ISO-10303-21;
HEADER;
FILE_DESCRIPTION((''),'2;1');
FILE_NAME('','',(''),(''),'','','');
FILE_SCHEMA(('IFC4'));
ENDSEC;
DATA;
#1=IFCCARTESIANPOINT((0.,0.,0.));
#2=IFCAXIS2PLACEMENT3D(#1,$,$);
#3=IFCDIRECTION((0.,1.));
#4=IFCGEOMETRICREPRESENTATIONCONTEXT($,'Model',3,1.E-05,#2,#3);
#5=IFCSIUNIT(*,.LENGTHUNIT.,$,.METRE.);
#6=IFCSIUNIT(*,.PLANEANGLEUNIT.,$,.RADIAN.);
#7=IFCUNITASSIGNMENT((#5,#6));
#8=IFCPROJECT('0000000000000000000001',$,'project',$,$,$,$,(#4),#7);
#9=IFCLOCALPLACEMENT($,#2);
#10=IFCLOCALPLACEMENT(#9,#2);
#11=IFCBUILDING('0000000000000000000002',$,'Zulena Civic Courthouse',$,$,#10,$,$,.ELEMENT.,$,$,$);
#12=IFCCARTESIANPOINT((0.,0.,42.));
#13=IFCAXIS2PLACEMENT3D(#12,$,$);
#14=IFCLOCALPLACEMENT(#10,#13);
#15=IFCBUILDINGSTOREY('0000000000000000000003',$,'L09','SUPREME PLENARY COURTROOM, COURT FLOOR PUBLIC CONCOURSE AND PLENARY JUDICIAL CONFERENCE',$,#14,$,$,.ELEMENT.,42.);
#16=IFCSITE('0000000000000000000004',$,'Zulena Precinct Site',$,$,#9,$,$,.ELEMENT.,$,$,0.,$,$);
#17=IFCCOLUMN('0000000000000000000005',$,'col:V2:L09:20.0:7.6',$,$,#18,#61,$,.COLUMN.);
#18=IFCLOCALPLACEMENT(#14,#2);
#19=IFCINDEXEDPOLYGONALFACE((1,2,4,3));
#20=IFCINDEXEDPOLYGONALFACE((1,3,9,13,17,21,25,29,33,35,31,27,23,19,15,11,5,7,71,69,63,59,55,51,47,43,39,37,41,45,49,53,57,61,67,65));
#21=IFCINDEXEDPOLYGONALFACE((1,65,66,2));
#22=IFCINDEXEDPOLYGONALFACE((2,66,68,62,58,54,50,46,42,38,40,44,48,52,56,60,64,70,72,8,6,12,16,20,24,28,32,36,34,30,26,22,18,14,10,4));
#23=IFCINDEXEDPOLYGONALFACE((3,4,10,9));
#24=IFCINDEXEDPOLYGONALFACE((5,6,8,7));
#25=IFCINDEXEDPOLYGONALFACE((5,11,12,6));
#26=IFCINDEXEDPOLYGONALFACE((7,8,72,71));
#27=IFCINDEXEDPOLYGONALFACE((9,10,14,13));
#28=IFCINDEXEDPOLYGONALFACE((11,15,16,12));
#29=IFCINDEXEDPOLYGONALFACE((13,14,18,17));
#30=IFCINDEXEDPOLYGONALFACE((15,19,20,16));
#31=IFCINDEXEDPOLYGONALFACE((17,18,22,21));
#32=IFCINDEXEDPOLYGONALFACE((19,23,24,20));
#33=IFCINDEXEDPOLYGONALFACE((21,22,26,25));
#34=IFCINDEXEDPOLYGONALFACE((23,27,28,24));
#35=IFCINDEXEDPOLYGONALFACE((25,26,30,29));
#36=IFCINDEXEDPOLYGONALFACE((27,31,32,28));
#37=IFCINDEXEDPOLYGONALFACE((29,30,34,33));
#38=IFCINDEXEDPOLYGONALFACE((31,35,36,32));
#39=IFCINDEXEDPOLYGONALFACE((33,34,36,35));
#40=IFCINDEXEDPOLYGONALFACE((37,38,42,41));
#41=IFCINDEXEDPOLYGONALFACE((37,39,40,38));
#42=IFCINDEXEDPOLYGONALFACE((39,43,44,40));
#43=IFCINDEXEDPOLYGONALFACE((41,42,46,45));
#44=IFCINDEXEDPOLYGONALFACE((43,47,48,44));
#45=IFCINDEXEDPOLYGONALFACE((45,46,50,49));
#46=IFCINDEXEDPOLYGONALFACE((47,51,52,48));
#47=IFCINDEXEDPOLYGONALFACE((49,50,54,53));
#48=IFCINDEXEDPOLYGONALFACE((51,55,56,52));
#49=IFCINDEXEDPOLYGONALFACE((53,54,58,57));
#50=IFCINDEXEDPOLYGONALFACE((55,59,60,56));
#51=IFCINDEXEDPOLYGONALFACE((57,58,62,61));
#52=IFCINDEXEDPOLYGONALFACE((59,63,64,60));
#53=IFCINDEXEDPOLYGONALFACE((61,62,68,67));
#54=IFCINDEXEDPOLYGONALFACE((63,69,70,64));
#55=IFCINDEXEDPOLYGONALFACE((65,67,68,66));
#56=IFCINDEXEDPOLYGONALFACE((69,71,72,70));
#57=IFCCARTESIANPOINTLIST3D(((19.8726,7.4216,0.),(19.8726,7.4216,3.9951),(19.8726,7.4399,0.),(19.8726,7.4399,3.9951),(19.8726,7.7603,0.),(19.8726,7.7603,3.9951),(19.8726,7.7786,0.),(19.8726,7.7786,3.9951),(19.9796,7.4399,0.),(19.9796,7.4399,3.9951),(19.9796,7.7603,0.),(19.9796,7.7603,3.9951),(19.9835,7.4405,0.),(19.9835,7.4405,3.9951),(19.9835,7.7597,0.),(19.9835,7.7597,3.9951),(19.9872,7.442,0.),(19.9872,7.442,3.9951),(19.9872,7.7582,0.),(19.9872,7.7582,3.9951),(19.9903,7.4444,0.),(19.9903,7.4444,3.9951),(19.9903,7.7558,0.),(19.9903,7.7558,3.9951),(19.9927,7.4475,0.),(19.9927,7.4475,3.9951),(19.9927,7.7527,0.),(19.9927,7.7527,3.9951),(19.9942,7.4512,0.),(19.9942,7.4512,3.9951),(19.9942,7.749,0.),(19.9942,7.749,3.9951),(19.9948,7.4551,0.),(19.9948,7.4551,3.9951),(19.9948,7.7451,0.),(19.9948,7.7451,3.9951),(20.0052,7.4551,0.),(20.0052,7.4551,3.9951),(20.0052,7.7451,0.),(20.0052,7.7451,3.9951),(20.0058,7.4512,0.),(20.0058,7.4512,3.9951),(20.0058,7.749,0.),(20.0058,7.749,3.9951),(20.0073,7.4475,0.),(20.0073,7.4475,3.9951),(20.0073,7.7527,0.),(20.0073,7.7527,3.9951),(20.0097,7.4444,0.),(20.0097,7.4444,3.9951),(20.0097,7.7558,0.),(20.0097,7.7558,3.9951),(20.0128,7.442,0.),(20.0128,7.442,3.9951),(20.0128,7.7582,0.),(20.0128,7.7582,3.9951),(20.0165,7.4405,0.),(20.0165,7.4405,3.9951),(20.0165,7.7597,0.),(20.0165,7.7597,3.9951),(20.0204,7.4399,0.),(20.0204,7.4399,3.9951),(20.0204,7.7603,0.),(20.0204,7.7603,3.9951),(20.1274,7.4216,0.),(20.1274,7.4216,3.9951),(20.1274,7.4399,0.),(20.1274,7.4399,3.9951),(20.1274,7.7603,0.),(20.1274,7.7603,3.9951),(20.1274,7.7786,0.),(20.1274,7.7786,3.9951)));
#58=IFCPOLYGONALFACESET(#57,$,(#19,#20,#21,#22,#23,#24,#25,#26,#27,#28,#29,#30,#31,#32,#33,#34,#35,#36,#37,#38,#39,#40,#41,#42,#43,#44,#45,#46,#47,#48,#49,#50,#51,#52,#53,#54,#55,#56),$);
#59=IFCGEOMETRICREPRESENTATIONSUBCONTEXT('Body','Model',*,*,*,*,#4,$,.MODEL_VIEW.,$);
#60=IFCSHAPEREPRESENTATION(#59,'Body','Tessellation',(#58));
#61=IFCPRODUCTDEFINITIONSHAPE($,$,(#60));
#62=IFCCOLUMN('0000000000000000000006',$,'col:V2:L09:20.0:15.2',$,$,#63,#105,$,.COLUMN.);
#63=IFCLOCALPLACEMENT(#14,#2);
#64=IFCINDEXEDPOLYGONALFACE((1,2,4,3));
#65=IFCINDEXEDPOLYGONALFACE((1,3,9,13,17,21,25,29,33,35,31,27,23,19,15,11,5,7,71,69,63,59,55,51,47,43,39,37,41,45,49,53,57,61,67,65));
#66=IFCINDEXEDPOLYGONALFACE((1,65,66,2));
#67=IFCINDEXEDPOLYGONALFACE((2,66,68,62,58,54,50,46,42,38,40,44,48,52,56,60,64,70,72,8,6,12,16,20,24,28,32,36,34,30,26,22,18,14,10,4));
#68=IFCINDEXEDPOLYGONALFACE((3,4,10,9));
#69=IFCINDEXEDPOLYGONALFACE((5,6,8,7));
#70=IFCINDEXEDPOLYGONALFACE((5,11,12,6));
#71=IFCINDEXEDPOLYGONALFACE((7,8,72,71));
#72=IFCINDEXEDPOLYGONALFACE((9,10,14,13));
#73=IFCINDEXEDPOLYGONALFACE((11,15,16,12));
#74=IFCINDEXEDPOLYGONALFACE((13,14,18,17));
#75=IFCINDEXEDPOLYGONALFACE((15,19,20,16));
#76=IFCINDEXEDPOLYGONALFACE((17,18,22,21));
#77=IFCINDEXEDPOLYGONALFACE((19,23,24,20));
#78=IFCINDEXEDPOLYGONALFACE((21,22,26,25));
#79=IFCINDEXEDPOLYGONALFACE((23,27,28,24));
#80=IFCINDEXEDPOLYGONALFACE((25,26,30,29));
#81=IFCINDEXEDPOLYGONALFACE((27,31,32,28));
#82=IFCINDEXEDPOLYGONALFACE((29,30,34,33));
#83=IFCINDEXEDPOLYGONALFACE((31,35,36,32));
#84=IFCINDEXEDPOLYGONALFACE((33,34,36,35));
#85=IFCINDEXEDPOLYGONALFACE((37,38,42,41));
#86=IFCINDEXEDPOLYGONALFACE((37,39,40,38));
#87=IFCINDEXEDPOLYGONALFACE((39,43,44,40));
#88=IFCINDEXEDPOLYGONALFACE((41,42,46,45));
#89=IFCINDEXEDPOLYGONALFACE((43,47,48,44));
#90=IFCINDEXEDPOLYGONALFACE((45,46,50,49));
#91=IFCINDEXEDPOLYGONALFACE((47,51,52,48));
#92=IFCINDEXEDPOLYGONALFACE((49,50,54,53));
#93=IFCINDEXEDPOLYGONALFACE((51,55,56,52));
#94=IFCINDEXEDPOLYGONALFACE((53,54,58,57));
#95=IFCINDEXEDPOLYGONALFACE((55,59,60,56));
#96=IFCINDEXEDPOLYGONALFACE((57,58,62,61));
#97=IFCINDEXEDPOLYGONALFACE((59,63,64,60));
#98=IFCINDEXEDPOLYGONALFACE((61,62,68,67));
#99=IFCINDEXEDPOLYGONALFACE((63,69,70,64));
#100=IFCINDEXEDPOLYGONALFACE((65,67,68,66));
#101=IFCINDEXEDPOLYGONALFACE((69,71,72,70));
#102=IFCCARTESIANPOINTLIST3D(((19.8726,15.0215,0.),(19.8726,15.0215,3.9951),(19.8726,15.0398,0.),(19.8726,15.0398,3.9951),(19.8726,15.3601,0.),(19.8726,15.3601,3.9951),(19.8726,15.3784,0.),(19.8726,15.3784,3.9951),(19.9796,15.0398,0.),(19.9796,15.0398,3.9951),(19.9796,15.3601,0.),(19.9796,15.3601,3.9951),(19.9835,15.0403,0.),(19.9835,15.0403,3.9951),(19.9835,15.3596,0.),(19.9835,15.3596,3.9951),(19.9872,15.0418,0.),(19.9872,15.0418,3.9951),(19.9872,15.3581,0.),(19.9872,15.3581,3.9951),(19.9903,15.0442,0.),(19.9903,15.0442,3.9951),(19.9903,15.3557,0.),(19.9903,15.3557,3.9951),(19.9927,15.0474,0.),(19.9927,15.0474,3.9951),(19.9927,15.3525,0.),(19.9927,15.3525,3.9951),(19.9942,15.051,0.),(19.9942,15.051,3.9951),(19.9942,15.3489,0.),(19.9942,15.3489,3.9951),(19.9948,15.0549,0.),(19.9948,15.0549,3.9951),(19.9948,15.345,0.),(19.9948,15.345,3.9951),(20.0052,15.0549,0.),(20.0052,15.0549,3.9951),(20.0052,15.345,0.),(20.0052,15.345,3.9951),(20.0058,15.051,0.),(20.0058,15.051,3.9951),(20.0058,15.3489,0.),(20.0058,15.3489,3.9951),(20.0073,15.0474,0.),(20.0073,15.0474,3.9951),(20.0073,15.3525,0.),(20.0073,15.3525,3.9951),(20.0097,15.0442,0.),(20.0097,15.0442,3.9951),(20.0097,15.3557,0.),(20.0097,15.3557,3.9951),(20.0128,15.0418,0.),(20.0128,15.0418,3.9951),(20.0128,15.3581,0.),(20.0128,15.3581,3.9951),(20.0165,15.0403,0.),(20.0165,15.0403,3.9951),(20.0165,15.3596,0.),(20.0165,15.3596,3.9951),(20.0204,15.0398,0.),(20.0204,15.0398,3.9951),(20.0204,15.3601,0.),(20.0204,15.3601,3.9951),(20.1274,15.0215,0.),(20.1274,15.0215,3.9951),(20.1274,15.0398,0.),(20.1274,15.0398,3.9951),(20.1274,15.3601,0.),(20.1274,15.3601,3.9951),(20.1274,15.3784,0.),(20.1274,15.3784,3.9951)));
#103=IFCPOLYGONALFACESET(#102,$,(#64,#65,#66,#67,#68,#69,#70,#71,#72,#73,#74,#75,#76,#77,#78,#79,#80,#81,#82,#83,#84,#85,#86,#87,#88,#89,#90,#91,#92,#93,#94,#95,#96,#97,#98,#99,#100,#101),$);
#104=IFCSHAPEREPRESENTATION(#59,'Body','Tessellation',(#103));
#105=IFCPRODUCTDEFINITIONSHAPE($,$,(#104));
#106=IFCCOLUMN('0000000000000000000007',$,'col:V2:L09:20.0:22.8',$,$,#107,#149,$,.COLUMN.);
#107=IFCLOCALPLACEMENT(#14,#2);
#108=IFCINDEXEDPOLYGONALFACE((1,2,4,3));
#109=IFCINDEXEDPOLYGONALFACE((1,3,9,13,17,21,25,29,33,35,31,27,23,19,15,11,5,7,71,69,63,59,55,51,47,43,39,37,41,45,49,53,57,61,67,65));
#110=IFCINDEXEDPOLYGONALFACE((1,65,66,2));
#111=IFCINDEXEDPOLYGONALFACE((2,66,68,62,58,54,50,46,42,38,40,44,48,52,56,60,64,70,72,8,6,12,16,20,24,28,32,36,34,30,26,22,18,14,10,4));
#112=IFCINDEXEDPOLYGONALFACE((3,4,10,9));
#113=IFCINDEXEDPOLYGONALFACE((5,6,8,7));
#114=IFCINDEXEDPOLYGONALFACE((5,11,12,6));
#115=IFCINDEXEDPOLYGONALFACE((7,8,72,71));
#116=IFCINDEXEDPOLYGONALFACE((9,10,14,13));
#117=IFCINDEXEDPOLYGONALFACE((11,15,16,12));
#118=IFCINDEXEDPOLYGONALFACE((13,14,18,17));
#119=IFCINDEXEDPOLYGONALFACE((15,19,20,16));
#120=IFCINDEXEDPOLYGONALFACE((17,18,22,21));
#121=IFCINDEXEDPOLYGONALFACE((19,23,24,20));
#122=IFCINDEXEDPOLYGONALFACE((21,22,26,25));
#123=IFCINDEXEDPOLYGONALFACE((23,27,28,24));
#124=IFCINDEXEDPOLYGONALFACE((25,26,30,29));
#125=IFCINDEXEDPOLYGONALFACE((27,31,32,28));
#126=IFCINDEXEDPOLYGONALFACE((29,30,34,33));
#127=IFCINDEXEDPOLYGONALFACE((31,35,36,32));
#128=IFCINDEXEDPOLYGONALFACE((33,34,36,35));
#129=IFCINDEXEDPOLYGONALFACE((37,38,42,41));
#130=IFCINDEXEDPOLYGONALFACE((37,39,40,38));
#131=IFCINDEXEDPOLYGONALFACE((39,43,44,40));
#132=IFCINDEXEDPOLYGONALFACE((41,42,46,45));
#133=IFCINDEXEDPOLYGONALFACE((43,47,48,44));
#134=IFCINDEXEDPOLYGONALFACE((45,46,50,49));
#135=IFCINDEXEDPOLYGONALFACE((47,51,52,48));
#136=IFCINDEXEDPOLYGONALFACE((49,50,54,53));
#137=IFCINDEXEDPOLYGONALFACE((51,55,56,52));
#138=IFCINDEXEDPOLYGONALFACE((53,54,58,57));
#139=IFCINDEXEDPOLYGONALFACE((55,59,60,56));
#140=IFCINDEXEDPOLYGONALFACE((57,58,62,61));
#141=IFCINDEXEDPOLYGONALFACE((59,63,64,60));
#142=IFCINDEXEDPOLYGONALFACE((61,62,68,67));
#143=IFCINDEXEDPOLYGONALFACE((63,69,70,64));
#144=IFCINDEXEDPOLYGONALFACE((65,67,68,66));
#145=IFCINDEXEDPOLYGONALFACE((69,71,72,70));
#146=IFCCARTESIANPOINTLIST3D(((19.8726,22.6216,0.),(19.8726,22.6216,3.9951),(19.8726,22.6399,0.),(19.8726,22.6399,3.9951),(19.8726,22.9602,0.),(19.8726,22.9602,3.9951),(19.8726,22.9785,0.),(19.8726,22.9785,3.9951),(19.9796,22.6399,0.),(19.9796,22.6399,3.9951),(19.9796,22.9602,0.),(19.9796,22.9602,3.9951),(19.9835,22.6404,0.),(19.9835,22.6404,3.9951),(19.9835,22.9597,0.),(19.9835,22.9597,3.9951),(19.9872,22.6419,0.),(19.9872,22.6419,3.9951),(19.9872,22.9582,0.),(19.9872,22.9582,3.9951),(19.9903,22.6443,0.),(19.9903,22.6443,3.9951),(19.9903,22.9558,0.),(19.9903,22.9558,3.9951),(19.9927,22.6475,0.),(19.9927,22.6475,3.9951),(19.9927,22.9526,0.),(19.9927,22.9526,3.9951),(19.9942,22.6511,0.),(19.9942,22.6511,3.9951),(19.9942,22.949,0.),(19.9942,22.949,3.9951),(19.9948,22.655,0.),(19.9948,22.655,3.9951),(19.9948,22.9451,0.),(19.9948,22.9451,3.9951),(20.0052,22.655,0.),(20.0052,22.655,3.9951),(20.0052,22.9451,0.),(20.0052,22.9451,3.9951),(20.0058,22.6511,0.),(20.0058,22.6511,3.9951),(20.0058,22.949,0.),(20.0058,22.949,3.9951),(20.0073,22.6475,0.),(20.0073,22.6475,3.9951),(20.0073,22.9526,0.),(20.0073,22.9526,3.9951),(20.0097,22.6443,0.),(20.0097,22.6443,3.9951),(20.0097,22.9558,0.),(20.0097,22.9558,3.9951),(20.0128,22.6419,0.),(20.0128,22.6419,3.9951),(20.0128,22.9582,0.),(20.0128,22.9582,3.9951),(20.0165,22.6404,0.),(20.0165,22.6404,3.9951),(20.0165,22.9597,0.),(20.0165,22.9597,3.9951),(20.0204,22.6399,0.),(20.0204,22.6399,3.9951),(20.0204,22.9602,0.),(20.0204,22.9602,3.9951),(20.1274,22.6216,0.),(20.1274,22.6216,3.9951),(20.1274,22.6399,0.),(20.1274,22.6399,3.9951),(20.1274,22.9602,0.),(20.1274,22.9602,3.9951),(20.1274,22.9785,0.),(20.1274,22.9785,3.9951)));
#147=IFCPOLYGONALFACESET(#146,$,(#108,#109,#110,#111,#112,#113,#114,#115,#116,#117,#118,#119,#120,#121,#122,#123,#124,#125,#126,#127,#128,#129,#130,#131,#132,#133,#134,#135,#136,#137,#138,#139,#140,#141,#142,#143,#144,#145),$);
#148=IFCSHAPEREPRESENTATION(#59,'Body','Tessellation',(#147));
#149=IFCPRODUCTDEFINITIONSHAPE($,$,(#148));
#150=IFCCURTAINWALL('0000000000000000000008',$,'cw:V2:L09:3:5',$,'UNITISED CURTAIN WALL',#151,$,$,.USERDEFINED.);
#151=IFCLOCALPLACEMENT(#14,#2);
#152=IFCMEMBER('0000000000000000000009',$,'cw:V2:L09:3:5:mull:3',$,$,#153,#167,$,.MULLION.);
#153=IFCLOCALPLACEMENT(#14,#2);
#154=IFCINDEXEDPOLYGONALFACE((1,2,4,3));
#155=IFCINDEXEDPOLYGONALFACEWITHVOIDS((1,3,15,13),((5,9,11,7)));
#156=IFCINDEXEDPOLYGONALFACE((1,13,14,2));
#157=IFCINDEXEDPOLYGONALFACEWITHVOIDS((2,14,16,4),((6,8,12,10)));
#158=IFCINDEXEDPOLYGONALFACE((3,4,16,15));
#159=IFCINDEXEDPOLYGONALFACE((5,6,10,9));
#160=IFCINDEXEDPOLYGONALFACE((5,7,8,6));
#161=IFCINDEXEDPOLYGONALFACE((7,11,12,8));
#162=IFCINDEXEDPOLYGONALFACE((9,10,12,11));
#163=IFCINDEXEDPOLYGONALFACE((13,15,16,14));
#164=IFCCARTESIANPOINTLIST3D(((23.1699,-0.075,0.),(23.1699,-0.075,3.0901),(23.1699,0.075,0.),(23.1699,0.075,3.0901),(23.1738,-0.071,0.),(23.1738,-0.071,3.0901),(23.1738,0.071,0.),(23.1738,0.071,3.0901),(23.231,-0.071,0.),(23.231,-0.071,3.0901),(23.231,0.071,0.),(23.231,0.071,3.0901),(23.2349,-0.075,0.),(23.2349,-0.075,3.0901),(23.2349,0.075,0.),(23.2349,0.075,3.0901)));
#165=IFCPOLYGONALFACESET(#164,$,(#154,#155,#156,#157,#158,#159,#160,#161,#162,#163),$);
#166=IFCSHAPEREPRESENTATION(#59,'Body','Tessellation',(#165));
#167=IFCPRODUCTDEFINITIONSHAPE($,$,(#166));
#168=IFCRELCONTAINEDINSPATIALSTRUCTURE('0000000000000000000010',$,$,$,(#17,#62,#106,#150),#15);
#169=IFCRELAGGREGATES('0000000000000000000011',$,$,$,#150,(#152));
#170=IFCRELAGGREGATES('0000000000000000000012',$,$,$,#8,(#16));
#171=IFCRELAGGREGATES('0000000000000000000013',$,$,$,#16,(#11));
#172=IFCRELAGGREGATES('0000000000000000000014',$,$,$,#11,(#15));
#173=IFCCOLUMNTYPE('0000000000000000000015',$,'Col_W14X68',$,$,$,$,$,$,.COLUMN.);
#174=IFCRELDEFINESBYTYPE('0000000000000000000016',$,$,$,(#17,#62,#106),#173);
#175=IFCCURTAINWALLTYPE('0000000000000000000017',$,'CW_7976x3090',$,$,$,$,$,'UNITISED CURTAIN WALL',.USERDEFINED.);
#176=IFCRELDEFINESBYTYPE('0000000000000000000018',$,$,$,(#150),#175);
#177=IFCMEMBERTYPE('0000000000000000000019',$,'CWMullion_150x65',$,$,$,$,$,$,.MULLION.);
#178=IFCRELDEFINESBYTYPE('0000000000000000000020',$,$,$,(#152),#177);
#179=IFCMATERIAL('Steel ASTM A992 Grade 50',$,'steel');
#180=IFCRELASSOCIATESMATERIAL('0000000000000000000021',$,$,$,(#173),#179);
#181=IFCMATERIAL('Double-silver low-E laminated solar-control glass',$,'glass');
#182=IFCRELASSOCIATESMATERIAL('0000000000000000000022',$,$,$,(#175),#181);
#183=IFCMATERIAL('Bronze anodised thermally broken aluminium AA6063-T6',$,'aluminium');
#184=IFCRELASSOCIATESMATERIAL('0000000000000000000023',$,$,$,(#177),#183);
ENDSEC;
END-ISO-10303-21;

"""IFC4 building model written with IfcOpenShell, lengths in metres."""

from ifc_helpers import new_model, si_unit, direction, frame, origin, origin_2d, place, context, subcontext, project, spatial, hollow_rectangle, i_section, extrude, material, material_profile, profile_set, type_object, element, aggregate, save


model = new_model("IFC4")

# Units and contexts
model_context = context("Model", 3, precision=1e-05, world=origin(), true_north=direction((0.0, 1.0)))
body_context = subcontext(model_context, "Body", "Model", "MODEL_VIEW")
ifc_project = project(units=[si_unit("LENGTHUNIT", "METRE"), si_unit("PLANEANGLEUNIT", "RADIAN")], contexts=[model_context])

# Site, building, storey
site_placement = place(None, origin())
site = spatial("IfcSite", under=ifc_project, at=site_placement, Name="Zulena Precinct Site", CompositionType="ELEMENT", RefElevation=0.0)
building_placement = place(site_placement, origin())
building = spatial("IfcBuilding", under=site, at=building_placement, Name="Zulena Civic Courthouse", CompositionType="ELEMENT")
storey_placement = place(building_placement, frame((0.0, 0.0, 42.0)))
storey = spatial("IfcBuildingStorey", under=building, at=storey_placement, Name="L09", Description="SUPREME PLENARY COURTROOM, COURT FLOOR PUBLIC CONCOURSE AND PLENARY JUDICIAL CONFERENCE", CompositionType="ELEMENT", Elevation=42.0)

# Columns
ifc_material_1 = material(Name="Steel ASTM A992 Grade 50", Category="steel")
ifc_material_profile_1 = material_profile(ifc_material_1, i_section(OverallWidth=0.2549, OverallDepth=0.3569, WebThickness=0.0105, FlangeThickness=0.0183, FilletRadius=0.0151, at=origin_2d()), Name="W14X68")
ifc_profile_set_1 = profile_set([ifc_material_profile_1], Name="Steel ASTM A992 Grade 50")
column_type = type_object("IfcColumnType", Name="Col_W14X68", PredefinedType="COLUMN", material=ifc_profile_set_1)
for number, where, z_axis, x_axis, name in (
    (1, (20.0, 7.6001, 0.0), (0.0, 0.0, 1.0), (1.0, 0.0, 0.0), "col:V2:L09:20.0:7.6"),
    (2, (20.0, 15.2, 0.0), (0.0, 0.0, 1.0), (1.0, 0.0, 0.0), "col:V2:L09:20.0:15.2"),
    (3, (20.0, 22.8, 0.0), (0.0, 0.0, 1.0), (1.0, 0.0, 0.0), "col:V2:L09:20.0:22.8"),
):
    element("IfcColumn", number, at=place(storey_placement, frame(where, z_axis=z_axis, x_axis=x_axis)), inside=storey, type_object=column_type, Name=name, PredefinedType="COLUMN", context=body_context, shape_type="SweptSolid", body=[
        extrude(i_section(OverallWidth=0.2549, OverallDepth=0.3569, WebThickness=0.0105, FlangeThickness=0.0183, FilletRadius=0.0151, at=origin_2d()), origin(), (0.0, 0.0, 1.0), 3.9951),
    ])

# Curtain wall, member
ifc_material_2 = material(Name="Double-silver low-E laminated solar-control glass", Category="glass")
curtain_wall_type = type_object("IfcCurtainWallType", Name="CW_7976x3090", ElementType="UNITISED CURTAIN WALL", PredefinedType="USERDEFINED", material=ifc_material_2)
curtain_wall_placement = place(storey_placement, origin())
curtain_wall = element("IfcCurtainWall", 4, at=curtain_wall_placement, inside=storey, type_object=curtain_wall_type, Name="cw:V2:L09:3:5", ObjectType="UNITISED CURTAIN WALL", PredefinedType="USERDEFINED")
ifc_material_3 = material(Name="Bronze anodised thermally broken aluminium AA6063-T6", Category="aluminium")
ifc_material_profile_2 = material_profile(ifc_material_3, hollow_rectangle(XDim=0.0649, YDim=0.1499, WallThickness=0.0039, at=origin_2d()), Name="CWM150X65X4")
ifc_profile_set_2 = profile_set([ifc_material_profile_2], Name="Bronze anodised thermally broken aluminium AA6063-T6")
member_type = type_object("IfcMemberType", Name="CWMullion_150x65", PredefinedType="MULLION", material=ifc_profile_set_2)
member_placement = place(storey_placement, frame((23.2024, 0.0, 0.0), z_axis=(0.0, 0.0, 1.0), x_axis=(1.0, 0.0, 0.0)))
member = element("IfcMember", 5, at=member_placement, type_object=member_type, Name="cw:V2:L09:3:5:mull:3", PredefinedType="MULLION", context=body_context, shape_type="SweptSolid", body=[
    extrude(hollow_rectangle(XDim=0.0649, YDim=0.1499, WallThickness=0.0039, at=origin_2d()), origin(), (0.0, 0.0, 1.0), 3.0901),
])
aggregate(curtain_wall, [member])

save(model, "model.ifc")
